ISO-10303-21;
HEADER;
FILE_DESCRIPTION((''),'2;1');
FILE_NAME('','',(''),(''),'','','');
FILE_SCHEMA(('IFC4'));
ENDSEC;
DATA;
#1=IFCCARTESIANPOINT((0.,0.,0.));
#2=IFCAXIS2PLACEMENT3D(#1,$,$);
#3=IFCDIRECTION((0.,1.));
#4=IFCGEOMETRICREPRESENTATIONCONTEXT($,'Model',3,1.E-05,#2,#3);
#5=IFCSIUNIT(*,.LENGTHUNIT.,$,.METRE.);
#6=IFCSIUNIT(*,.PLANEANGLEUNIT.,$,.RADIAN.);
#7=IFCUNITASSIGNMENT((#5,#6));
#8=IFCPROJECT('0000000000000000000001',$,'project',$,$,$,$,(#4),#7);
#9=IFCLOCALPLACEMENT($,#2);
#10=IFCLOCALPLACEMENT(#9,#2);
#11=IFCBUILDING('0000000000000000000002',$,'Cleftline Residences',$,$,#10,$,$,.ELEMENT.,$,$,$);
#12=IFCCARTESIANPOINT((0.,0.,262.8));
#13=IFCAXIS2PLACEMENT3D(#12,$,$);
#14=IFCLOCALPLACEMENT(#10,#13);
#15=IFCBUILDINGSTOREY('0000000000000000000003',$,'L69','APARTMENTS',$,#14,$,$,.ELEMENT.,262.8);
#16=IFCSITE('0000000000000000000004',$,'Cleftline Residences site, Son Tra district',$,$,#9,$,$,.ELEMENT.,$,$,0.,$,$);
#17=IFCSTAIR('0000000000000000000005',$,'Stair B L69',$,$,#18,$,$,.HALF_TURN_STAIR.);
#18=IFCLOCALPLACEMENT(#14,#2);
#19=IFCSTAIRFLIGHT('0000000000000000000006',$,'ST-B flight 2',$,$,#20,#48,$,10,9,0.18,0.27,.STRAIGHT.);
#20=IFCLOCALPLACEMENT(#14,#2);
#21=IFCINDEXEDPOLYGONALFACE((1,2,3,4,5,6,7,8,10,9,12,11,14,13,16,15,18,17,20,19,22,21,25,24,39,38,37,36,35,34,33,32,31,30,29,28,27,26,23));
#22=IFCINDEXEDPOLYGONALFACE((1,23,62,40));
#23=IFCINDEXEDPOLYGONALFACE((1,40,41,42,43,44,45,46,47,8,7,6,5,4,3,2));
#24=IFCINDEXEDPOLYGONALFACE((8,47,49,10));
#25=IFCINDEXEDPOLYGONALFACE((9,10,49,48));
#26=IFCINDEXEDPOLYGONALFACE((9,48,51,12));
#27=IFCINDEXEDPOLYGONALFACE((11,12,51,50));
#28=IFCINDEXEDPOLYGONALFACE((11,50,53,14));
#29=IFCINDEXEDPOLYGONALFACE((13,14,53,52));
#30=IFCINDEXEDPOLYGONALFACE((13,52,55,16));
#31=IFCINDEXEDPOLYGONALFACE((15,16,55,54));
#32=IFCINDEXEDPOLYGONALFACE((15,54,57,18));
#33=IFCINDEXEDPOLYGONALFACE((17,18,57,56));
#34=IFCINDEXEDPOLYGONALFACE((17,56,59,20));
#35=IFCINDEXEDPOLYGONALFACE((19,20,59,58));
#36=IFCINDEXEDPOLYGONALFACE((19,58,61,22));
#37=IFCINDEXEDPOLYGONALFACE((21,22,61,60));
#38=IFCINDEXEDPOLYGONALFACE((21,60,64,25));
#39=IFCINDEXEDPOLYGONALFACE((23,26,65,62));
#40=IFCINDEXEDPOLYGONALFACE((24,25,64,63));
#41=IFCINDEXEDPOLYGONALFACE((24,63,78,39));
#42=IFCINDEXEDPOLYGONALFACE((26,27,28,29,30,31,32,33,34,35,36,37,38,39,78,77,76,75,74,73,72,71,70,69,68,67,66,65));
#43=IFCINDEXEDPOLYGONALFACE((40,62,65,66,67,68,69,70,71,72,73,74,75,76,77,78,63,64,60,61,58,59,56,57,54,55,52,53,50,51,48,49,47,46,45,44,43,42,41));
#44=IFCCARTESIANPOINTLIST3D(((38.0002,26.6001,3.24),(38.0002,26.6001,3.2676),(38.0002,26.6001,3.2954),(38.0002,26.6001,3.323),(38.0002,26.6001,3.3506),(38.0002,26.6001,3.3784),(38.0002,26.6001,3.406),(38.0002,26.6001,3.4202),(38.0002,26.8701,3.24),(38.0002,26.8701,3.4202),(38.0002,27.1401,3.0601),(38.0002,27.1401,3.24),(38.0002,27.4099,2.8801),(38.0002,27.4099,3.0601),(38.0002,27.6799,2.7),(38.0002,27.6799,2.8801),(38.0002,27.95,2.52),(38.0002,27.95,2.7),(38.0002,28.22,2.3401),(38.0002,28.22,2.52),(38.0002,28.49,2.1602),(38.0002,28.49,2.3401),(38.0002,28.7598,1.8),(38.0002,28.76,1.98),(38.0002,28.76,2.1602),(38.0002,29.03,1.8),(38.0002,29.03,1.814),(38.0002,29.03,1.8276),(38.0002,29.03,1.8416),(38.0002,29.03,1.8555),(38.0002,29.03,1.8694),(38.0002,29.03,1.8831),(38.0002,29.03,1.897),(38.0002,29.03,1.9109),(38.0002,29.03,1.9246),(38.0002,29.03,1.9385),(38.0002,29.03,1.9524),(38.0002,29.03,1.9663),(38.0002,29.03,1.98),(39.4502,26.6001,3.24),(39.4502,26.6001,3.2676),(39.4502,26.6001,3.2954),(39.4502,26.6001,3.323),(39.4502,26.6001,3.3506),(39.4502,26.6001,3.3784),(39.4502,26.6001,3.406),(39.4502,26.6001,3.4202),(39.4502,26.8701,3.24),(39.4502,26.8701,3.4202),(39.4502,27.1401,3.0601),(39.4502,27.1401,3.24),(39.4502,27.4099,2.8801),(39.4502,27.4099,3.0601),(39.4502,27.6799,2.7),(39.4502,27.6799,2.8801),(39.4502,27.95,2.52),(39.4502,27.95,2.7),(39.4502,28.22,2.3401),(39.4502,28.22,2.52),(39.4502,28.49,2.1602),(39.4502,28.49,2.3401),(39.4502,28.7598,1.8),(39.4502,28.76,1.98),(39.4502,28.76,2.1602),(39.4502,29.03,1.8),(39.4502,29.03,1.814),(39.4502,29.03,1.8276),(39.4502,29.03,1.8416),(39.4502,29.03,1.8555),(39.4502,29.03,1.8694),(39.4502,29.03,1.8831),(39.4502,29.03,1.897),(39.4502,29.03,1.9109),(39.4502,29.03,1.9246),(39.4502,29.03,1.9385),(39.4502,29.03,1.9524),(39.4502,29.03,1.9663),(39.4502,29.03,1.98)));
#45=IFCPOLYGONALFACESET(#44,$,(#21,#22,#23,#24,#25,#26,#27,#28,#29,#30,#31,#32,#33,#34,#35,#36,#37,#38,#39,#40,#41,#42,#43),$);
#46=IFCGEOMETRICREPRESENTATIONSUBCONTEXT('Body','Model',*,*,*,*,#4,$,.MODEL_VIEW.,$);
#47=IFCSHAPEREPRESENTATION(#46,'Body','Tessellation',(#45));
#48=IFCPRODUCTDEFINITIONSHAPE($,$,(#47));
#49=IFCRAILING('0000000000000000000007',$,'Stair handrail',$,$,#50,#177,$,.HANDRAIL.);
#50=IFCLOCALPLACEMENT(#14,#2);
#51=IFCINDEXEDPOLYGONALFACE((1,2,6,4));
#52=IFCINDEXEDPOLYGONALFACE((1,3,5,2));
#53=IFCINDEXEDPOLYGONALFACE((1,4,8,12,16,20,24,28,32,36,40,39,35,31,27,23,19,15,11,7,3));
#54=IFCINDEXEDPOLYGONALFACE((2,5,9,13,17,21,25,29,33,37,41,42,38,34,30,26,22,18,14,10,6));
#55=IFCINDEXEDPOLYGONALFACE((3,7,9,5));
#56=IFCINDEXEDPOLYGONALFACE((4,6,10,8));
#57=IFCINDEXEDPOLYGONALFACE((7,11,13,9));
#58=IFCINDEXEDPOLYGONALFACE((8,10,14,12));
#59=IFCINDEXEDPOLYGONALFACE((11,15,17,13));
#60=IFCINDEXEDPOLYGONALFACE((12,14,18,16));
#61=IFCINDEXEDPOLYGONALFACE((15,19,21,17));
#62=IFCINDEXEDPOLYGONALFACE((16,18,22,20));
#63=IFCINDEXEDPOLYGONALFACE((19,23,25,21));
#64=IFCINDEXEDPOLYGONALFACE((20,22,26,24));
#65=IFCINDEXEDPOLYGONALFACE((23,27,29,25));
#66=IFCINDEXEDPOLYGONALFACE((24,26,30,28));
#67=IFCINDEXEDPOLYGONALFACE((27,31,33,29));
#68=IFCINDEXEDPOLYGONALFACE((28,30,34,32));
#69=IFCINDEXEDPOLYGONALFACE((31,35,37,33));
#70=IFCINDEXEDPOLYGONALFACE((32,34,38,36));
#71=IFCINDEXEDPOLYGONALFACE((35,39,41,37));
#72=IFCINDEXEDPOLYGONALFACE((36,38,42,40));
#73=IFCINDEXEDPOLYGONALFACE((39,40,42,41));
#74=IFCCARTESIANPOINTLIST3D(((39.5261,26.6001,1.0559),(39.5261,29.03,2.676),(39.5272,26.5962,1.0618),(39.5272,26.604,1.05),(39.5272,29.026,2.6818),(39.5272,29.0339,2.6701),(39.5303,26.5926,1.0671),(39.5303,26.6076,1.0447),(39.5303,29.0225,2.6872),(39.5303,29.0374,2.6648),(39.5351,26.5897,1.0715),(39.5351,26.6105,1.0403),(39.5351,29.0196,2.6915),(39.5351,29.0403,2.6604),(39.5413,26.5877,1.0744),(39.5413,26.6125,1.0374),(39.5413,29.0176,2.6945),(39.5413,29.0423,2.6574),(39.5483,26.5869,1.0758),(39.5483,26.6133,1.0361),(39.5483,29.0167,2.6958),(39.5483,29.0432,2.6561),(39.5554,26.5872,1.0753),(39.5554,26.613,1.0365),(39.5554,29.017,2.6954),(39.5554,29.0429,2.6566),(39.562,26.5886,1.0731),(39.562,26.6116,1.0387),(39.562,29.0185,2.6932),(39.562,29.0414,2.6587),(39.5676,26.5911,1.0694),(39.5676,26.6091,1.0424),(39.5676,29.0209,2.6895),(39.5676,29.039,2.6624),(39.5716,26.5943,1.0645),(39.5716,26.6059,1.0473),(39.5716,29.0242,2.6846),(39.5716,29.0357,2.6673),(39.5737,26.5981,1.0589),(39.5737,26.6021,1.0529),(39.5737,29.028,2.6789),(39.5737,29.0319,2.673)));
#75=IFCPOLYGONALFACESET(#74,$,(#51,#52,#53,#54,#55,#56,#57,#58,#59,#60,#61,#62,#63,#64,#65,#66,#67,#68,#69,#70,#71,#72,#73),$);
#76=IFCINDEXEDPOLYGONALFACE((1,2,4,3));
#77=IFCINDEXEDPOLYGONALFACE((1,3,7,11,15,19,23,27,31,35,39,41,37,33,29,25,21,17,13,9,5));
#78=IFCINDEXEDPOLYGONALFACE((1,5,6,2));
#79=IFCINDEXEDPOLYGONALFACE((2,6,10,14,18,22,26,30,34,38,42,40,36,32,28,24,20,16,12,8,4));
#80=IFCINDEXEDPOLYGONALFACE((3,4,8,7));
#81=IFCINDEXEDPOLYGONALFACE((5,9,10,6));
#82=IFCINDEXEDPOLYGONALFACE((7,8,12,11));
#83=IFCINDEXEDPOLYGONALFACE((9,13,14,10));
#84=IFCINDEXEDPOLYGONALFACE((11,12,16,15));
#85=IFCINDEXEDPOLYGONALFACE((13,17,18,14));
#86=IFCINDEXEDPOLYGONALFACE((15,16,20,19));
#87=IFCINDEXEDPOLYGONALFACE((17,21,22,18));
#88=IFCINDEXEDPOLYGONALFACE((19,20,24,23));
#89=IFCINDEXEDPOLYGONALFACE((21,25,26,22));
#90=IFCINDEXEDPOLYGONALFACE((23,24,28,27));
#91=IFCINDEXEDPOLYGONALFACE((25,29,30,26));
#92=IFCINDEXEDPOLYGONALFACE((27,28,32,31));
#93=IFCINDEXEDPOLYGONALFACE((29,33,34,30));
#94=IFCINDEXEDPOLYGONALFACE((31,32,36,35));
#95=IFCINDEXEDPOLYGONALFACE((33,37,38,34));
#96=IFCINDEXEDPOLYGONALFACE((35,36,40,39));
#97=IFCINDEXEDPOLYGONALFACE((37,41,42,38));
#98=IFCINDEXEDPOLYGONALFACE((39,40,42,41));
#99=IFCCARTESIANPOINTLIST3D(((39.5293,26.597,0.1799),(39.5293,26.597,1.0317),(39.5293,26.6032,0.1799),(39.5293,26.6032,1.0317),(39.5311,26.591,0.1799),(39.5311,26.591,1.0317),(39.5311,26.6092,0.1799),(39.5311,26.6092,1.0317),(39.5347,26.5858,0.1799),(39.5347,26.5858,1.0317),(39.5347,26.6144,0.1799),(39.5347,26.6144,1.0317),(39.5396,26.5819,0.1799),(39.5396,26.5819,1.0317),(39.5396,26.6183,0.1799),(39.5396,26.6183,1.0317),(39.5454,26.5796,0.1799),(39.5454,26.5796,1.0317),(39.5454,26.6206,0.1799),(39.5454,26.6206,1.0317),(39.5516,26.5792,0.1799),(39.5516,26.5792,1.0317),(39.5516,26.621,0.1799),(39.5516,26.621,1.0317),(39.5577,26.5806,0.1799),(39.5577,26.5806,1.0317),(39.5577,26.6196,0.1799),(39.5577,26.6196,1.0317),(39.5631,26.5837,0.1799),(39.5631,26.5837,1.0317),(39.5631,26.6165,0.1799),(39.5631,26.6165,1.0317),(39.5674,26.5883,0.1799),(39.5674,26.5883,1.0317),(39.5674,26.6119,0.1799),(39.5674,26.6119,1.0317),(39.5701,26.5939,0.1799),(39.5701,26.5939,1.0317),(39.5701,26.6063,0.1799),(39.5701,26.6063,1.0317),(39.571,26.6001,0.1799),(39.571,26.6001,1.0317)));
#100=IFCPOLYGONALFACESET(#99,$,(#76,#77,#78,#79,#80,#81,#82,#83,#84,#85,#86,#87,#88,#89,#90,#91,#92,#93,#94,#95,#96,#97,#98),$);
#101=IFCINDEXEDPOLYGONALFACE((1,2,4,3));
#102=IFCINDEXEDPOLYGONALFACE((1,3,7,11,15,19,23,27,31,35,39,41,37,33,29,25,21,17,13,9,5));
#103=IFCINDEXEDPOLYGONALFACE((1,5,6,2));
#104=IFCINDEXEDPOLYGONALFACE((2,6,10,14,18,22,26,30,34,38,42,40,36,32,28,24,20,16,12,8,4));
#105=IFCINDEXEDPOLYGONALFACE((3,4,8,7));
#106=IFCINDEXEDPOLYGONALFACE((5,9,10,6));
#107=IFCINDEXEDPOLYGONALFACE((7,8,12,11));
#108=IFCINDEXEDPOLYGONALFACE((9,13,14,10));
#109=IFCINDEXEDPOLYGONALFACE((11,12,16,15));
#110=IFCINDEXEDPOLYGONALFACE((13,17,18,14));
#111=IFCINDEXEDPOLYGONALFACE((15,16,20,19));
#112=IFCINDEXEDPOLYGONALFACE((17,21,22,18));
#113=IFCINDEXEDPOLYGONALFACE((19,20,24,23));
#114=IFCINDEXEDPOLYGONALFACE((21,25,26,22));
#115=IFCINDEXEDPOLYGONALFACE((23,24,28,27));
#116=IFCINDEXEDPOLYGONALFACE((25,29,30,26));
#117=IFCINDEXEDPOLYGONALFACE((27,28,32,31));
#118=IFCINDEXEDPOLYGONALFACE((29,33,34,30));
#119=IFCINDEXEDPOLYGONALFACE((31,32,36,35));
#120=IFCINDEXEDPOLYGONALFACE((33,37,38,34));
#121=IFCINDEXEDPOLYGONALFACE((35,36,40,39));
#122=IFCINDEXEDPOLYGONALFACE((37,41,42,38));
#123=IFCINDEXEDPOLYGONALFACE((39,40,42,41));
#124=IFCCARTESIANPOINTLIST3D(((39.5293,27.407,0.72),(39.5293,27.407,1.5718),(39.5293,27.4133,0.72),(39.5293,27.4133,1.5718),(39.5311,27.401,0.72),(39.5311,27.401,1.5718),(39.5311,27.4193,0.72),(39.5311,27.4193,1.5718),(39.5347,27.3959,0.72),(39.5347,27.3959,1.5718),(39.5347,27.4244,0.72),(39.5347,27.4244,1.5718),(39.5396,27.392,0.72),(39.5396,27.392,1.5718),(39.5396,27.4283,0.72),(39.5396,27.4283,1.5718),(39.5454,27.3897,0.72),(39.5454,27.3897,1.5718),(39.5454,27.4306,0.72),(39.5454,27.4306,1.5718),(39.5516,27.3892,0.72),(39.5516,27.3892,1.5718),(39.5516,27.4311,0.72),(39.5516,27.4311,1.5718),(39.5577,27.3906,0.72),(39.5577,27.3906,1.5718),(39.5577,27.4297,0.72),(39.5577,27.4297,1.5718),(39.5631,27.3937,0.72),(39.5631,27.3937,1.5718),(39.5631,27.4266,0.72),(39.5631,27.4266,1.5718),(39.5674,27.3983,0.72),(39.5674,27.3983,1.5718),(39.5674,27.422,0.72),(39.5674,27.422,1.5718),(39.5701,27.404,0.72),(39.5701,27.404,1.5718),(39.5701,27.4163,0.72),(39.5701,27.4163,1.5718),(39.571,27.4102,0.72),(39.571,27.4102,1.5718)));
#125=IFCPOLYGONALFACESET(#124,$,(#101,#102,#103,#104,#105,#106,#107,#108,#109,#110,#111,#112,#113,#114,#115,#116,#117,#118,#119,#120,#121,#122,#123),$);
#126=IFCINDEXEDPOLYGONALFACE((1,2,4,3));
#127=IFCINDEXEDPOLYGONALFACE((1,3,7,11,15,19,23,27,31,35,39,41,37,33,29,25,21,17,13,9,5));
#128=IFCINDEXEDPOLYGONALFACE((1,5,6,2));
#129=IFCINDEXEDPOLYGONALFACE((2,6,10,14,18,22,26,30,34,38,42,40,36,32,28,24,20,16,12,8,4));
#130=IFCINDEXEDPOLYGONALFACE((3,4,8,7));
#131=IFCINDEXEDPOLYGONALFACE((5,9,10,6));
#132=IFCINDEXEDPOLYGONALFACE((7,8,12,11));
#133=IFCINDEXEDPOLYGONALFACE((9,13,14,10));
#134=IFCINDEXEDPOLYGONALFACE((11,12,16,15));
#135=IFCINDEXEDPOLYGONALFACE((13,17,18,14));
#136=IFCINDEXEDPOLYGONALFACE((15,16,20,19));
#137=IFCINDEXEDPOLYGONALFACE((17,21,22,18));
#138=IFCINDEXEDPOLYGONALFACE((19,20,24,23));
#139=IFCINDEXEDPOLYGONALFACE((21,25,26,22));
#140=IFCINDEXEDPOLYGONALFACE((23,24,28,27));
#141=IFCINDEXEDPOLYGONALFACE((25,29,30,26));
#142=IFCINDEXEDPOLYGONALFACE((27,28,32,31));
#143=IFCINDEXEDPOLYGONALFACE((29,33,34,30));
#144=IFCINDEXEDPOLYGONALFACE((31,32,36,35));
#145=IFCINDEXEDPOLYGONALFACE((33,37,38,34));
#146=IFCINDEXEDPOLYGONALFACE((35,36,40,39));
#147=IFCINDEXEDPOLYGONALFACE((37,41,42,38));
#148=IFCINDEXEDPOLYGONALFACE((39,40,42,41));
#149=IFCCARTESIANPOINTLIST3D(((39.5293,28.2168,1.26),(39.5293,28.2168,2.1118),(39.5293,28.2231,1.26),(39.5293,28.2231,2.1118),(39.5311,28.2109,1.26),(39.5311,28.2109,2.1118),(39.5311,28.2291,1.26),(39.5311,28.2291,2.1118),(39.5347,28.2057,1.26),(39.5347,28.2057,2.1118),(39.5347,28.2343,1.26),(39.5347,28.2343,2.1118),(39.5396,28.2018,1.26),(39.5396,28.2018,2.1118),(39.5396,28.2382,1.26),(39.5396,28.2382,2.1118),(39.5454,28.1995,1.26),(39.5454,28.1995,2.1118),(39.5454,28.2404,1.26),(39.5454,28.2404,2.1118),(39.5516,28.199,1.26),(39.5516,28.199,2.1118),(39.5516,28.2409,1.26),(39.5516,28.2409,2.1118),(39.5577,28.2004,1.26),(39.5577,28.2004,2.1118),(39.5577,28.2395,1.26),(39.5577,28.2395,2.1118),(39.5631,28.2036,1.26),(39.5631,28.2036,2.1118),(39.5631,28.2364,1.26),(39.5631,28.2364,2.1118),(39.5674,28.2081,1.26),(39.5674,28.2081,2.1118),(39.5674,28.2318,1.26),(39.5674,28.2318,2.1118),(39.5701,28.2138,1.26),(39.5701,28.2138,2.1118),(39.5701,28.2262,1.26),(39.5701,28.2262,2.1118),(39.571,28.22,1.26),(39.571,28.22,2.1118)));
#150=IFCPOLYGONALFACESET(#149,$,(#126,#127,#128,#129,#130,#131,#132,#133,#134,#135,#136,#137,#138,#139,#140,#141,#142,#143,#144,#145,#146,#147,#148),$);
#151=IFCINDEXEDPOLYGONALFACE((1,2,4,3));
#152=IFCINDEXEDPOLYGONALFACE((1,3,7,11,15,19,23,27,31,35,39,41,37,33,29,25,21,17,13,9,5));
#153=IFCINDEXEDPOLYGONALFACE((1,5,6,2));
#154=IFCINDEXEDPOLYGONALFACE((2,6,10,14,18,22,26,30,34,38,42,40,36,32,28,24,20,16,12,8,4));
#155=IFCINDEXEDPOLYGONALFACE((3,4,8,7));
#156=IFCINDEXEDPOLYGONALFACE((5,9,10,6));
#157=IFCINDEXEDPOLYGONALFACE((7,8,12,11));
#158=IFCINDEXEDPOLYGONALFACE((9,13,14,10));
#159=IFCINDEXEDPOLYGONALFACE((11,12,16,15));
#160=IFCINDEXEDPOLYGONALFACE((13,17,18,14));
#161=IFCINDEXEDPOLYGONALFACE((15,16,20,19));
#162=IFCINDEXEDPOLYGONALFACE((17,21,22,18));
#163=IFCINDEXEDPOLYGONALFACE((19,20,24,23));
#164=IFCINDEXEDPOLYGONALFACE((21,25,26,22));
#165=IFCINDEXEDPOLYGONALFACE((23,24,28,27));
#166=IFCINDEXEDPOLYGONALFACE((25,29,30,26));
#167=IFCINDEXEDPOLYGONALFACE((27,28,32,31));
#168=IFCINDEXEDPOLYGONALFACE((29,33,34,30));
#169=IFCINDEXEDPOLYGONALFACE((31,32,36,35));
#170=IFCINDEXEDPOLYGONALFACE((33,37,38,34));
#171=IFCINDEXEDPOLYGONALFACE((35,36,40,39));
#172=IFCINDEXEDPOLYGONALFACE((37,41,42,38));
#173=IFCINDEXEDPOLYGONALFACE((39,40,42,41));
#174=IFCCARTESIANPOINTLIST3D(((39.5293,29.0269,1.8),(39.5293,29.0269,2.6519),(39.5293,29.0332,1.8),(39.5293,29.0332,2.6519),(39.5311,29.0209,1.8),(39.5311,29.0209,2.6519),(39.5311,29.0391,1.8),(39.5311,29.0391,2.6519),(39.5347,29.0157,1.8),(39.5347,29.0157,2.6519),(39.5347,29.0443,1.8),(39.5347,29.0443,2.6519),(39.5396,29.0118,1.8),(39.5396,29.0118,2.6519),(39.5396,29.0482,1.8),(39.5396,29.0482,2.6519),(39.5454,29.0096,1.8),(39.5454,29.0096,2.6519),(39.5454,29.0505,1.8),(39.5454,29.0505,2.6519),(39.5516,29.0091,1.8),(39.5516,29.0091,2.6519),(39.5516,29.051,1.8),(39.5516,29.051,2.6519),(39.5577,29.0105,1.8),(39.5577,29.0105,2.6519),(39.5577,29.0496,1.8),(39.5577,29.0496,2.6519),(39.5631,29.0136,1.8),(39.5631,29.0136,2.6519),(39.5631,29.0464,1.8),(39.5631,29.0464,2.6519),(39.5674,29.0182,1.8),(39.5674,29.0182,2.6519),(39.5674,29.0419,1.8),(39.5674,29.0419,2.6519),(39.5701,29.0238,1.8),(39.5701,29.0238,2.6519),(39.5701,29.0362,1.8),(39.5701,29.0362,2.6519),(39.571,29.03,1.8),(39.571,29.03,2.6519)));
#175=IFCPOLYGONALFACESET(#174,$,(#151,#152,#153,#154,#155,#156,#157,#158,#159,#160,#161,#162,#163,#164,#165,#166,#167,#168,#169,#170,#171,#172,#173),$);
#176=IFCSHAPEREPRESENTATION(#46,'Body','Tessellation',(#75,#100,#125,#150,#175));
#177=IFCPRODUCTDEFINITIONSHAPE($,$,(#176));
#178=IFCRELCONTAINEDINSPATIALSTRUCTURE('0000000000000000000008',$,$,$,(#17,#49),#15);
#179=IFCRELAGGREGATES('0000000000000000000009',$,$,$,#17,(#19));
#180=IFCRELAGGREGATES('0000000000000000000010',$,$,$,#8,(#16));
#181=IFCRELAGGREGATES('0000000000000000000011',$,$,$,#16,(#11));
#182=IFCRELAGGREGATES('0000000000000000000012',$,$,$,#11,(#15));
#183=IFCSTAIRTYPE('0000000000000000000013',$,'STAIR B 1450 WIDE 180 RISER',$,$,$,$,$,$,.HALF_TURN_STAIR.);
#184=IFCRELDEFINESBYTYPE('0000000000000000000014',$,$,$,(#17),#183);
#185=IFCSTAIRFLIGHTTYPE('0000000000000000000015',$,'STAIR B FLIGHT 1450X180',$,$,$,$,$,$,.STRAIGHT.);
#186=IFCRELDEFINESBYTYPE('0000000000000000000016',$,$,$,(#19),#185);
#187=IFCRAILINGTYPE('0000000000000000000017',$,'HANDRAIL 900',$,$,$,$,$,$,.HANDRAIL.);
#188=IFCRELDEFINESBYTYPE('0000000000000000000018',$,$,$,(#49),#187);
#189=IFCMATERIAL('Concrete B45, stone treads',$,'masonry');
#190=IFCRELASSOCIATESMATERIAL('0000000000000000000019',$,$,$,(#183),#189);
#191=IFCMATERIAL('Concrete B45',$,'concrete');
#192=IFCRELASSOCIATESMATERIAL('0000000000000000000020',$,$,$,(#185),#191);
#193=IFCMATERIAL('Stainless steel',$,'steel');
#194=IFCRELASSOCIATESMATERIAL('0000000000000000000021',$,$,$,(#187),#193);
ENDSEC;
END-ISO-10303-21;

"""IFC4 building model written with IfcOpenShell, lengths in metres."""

from ifc_helpers import new_model, si_unit, direction, frame, origin, origin_2d, place, context, subcontext, project, spatial, polyline, circle, outline, extrude, material, type_object, element, aggregate, save


model = new_model("IFC4")

# Units and contexts
model_context = context("Model", 3, precision=1e-05, world=origin(), true_north=direction((0.0, 1.0)))
body_context = subcontext(model_context, "Body", "Model", "MODEL_VIEW")
ifc_project = project(units=[si_unit("LENGTHUNIT", "METRE"), si_unit("PLANEANGLEUNIT", "RADIAN")], contexts=[model_context])

# Site, building, storey
site_placement = place(None, origin())
site = spatial("IfcSite", under=ifc_project, at=site_placement, Name="Cleftline Residences site, Son Tra district", CompositionType="ELEMENT", RefElevation=0.0)
building_placement = place(site_placement, origin())
building = spatial("IfcBuilding", under=site, at=building_placement, Name="Cleftline Residences", CompositionType="ELEMENT")
storey_placement = place(building_placement, frame((0.0, 0.0, 262.8)))
storey = spatial("IfcBuildingStorey", under=building, at=storey_placement, Name="L69", Description="APARTMENTS", CompositionType="ELEMENT", Elevation=262.8)

# Stair, stair flight
ifc_material_1 = material(Name="Concrete B45, stone treads", Category="masonry")
stair_type = type_object("IfcStairType", Name="STAIR B 1450 WIDE 180 RISER", PredefinedType="HALF_TURN_STAIR", material=ifc_material_1)
stair_placement = place(storey_placement, origin())
stair = element("IfcStair", 1, at=stair_placement, inside=storey, type_object=stair_type, Name="Stair B L69", PredefinedType="HALF_TURN_STAIR")
ifc_material_2 = material(Name="Concrete B45", Category="concrete")
stair_flight_type = type_object("IfcStairFlightType", Name="STAIR B FLIGHT 1450X180", PredefinedType="STRAIGHT", material=ifc_material_2)
stair_flight_1_placement = place(storey_placement, frame((38.7251, 29.03, 1.8), z_axis=(0.0, 0.0, 1.0), x_axis=(0.0, -1.0, 0.0)))
stair_flight_1 = element("IfcStairFlight", 2, at=stair_flight_1_placement, type_object=stair_flight_type, Name="ST-B flight 2", NumberOfRisers=10, NumberOfTreads=9, PredefinedType="STRAIGHT", RiserHeight=0.18, TreadLength=0.27, context=body_context, shape_type="SweptSolid", body=[
    extrude(outline(polyline([(0.0, 0.0), (0.0, 0.0139), (0.0, 0.0276), (0.0, 0.0415), (0.0, 0.0554), (0.0, 0.0693), (0.0, 0.083), (0.0, 0.0969), (0.0, 0.1108), (0.0, 0.1245), (0.0, 0.1384), (0.0, 0.1523), (0.0, 0.1663), (0.0, 0.1799), (0.27, 0.1799), (0.27, 0.3601), (0.54, 0.3601), (0.54, 0.54), (0.8101, 0.54), (0.8101, 0.72), (1.0801, 0.72), (1.0801, 0.8999), (1.3501, 0.8999), (1.3501, 1.0801), (1.6201, 1.0801), (1.6201, 1.26), (1.8899, 1.26), (1.8899, 1.4399), (2.1599, 1.4399), (2.1599, 1.6201), (2.4299, 1.6201), (2.4299, 1.8), (2.4299, 1.7722), (2.4299, 1.7446), (2.4299, 1.7168), (2.4299, 1.6892), (2.4299, 1.6614), (2.4299, 1.6338), (2.4299, 1.606), (2.4299, 1.5784), (2.4299, 1.5505), (2.4299, 1.5229), (2.4299, 1.4954), (2.4299, 1.4675), (2.4299, 1.4399), (0.2703, 0.0), (0.0, 0.0)])), frame((0.0, 0.7251, 0.0), z_axis=(0.0, -1.0, 0.0), x_axis=(1.0, 0.0, 0.0)), (0.0, 0.0, 1.0), 1.45),
])
aggregate(stair, [stair_flight_1])

# Railing
ifc_material_3 = material(Name="Stainless steel", Category="steel")
railing_type = type_object("IfcRailingType", Name="HANDRAIL 900", PredefinedType="HANDRAIL", material=ifc_material_3)
railing_1_placement = place(storey_placement, frame((39.55, 26.6001, 0.1799)))
element("IfcRailing", 3, at=railing_1_placement, inside=storey, type_object=railing_type, Name="Stair handrail", PredefinedType="HANDRAIL", context=body_context, shape_type="SweptSolid", body=[
    extrude(circle(Radius=0.0239, at=origin_2d()), frame((0.0, 0.0, 0.876), z_axis=(0.0, 0.832025, 0.554739), x_axis=(-1.0, 0.0, 0.0)), (0.0, 0.0, 1.0), 2.9204),
    extrude(circle(Radius=0.021, at=origin_2d()), origin(), (0.0, 0.0, 1.0), 0.8518),
    extrude(circle(Radius=0.021, at=origin_2d()), frame((0.0, 0.8101, 0.54)), (0.0, 0.0, 1.0), 0.8518),
    extrude(circle(Radius=0.021, at=origin_2d()), frame((0.0, 1.6199, 1.0801)), (0.0, 0.0, 1.0), 0.8518),
    extrude(circle(Radius=0.021, at=origin_2d()), frame((0.0, 2.4299, 1.6201)), (0.0, 0.0, 1.0), 0.8518),
])

save(model, "model.ifc")
